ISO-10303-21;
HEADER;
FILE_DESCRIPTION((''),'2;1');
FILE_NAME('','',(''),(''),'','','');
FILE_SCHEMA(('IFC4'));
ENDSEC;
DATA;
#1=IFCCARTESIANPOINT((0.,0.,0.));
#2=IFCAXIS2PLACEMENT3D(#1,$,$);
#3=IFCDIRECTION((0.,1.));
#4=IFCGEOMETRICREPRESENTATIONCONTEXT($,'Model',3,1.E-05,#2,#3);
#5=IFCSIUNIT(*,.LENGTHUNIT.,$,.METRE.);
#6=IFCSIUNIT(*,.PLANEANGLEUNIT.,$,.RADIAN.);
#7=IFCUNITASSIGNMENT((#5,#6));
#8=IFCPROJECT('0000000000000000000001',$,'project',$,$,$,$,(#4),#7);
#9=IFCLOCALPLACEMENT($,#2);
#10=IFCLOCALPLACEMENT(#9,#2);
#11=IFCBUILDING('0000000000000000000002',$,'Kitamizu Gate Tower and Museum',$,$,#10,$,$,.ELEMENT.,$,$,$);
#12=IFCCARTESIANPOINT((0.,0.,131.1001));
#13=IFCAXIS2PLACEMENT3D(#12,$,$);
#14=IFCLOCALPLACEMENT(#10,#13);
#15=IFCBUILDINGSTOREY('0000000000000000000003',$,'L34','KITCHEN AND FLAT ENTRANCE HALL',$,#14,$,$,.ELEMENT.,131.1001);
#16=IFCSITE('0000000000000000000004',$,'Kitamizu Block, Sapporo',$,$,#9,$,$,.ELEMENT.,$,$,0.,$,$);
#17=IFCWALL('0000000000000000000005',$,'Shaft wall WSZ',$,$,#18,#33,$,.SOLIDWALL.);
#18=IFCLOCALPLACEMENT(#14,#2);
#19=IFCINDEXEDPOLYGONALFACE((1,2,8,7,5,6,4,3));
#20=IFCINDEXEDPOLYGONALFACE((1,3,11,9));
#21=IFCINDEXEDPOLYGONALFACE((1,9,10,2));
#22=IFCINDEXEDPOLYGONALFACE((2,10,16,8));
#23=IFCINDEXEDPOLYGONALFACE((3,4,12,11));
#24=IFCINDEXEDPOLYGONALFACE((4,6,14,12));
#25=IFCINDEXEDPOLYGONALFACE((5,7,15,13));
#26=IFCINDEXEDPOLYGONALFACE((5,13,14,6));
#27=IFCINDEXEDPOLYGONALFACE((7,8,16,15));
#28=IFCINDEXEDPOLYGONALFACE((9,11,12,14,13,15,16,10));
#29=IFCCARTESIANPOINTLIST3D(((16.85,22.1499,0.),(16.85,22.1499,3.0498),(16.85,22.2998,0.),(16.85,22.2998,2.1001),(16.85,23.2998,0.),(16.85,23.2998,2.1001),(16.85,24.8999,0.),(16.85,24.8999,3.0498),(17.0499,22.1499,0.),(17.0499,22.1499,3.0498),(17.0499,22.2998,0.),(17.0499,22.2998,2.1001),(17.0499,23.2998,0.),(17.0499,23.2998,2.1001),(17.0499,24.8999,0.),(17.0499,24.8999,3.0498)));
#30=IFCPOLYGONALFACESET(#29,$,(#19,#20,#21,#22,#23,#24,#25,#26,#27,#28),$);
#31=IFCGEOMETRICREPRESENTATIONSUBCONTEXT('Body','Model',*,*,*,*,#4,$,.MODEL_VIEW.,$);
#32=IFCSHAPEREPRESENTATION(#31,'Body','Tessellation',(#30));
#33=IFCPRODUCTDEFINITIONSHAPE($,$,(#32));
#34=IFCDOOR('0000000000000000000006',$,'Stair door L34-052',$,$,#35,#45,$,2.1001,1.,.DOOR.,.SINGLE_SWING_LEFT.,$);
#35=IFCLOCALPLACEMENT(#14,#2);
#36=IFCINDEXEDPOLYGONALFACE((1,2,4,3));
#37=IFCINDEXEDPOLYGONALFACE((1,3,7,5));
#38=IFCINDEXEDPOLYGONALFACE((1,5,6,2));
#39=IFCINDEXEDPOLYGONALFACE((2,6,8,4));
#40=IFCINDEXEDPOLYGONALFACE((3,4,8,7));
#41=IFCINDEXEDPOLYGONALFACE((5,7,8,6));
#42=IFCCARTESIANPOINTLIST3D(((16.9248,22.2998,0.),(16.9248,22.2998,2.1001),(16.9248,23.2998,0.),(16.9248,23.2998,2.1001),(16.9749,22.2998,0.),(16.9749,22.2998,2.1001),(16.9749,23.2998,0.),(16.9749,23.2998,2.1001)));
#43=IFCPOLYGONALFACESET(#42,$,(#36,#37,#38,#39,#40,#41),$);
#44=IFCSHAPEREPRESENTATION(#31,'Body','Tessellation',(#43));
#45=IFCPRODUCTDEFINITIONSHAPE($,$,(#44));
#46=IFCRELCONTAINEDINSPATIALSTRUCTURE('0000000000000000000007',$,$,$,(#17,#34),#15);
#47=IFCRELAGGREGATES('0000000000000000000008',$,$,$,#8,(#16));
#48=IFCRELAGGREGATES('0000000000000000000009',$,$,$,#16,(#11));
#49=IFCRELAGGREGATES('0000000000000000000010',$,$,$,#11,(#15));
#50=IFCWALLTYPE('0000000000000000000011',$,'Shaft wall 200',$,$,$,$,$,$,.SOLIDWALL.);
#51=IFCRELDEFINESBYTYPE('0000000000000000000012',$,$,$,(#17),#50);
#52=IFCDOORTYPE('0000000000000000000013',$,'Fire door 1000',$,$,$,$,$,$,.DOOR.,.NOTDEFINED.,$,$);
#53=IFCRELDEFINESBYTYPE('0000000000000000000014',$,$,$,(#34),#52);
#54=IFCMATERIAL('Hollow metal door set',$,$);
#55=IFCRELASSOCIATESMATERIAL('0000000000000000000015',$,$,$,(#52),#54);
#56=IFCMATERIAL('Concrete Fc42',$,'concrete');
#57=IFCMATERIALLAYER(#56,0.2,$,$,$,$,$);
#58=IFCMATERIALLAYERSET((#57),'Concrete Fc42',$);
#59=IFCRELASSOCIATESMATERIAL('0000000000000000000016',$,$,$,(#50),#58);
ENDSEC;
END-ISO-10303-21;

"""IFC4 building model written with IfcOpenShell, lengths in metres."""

from ifc_helpers import new_model, si_unit, direction, frame, frame_2d, origin, place, context, subcontext, project, spatial, rectangle, extrude, material, layer, layer_set, type_object, element, fill, save


model = new_model("IFC4")

# Units and contexts
model_context = context("Model", 3, precision=1e-05, world=origin(), true_north=direction((0.0, 1.0)))
body_context = subcontext(model_context, "Body", "Model", "MODEL_VIEW")
ifc_project = project(units=[si_unit("LENGTHUNIT", "METRE"), si_unit("PLANEANGLEUNIT", "RADIAN")], contexts=[model_context])

# Site, building, storey
site_placement = place(None, origin())
site = spatial("IfcSite", under=ifc_project, at=site_placement, Name="Kitamizu Block, Sapporo", CompositionType="ELEMENT", RefElevation=0.0)
building_placement = place(site_placement, origin())
building = spatial("IfcBuilding", under=site, at=building_placement, Name="Kitamizu Gate Tower and Museum", CompositionType="ELEMENT")
storey_placement = place(building_placement, frame((0.0, 0.0, 131.1001)))
storey = spatial("IfcBuildingStorey", under=building, at=storey_placement, Name="L34", Description="KITCHEN AND FLAT ENTRANCE HALL", CompositionType="ELEMENT", Elevation=131.1001)

# Shared definitions
ifc_material_1 = material(Name="Hollow metal door set")
door_type_1 = type_object("IfcDoorType", Name="Fire door 1000", OperationType="NOTDEFINED", PredefinedType="DOOR", material=ifc_material_1)

# Shared definitions
ifc_material_2 = material(Name="Concrete Fc42", Category="concrete")
ifc_layer_1 = layer(ifc_material_2, 0.2)
ifc_layer_set_1 = layer_set([ifc_layer_1], Name="Concrete Fc42")
wall_type_1 = type_object("IfcWallType", Name="Shaft wall 200", PredefinedType="SOLIDWALL", material=ifc_layer_set_1)

# Wall, opening, door
wall_1_placement = place(storey_placement, frame((16.95, 22.1499, 0.0), z_axis=(0.0, 0.0, 1.0), x_axis=(0.0, 1.0, 0.0)))
wall_1 = element("IfcWall", 1, at=wall_1_placement, inside=storey, type_object=wall_type_1, Name="Shaft wall WSZ", PredefinedType="SOLIDWALL", context=body_context, shape_type="SweptSolid", body=[
    extrude(rectangle(XDim=2.75, YDim=0.2, at=frame_2d((1.375, 0.0))), origin(), (0.0, 0.0, 1.0), 3.0498),
])
opening_1_placement = place(wall_1_placement, frame((0.1499, 0.0, 0.0)))
opening_1 = element("IfcOpeningElement", 2, at=opening_1_placement, cuts=wall_1, PredefinedType="OPENING", context=body_context, shape_type="SweptSolid", body=[
    extrude(rectangle(XDim=1.0, YDim=2.1001, at=frame_2d((0.5, 1.05))), frame((0.0, 0.1099, 0.0), z_axis=(0.0, -1.0, 0.0), x_axis=(1.0, 0.0, 0.0)), (0.0, 0.0, 1.0), 0.22),
])
door_1_placement = place(opening_1_placement, frame((1.0, 0.0, 0.0), x_axis=(-1.0, 0.0, 0.0)))
door_1 = element("IfcDoor", 3, at=door_1_placement, inside=storey, type_object=door_type_1, Name="Stair door L34-052", OperationType="SINGLE_SWING_LEFT", OverallHeight=2.1001, OverallWidth=1.0, PredefinedType="DOOR", context=body_context, shape_type="SweptSolid", body=[
    extrude(rectangle(XDim=1.0, YDim=2.1001, at=frame_2d((0.5, 1.05))), frame((0.0, 0.0249, 0.0), z_axis=(0.0, -1.0, 0.0), x_axis=(1.0, 0.0, 0.0)), (0.0, 0.0, 1.0), 0.05),
])
fill(opening_1, door_1)

save(model, "model.ifc")
